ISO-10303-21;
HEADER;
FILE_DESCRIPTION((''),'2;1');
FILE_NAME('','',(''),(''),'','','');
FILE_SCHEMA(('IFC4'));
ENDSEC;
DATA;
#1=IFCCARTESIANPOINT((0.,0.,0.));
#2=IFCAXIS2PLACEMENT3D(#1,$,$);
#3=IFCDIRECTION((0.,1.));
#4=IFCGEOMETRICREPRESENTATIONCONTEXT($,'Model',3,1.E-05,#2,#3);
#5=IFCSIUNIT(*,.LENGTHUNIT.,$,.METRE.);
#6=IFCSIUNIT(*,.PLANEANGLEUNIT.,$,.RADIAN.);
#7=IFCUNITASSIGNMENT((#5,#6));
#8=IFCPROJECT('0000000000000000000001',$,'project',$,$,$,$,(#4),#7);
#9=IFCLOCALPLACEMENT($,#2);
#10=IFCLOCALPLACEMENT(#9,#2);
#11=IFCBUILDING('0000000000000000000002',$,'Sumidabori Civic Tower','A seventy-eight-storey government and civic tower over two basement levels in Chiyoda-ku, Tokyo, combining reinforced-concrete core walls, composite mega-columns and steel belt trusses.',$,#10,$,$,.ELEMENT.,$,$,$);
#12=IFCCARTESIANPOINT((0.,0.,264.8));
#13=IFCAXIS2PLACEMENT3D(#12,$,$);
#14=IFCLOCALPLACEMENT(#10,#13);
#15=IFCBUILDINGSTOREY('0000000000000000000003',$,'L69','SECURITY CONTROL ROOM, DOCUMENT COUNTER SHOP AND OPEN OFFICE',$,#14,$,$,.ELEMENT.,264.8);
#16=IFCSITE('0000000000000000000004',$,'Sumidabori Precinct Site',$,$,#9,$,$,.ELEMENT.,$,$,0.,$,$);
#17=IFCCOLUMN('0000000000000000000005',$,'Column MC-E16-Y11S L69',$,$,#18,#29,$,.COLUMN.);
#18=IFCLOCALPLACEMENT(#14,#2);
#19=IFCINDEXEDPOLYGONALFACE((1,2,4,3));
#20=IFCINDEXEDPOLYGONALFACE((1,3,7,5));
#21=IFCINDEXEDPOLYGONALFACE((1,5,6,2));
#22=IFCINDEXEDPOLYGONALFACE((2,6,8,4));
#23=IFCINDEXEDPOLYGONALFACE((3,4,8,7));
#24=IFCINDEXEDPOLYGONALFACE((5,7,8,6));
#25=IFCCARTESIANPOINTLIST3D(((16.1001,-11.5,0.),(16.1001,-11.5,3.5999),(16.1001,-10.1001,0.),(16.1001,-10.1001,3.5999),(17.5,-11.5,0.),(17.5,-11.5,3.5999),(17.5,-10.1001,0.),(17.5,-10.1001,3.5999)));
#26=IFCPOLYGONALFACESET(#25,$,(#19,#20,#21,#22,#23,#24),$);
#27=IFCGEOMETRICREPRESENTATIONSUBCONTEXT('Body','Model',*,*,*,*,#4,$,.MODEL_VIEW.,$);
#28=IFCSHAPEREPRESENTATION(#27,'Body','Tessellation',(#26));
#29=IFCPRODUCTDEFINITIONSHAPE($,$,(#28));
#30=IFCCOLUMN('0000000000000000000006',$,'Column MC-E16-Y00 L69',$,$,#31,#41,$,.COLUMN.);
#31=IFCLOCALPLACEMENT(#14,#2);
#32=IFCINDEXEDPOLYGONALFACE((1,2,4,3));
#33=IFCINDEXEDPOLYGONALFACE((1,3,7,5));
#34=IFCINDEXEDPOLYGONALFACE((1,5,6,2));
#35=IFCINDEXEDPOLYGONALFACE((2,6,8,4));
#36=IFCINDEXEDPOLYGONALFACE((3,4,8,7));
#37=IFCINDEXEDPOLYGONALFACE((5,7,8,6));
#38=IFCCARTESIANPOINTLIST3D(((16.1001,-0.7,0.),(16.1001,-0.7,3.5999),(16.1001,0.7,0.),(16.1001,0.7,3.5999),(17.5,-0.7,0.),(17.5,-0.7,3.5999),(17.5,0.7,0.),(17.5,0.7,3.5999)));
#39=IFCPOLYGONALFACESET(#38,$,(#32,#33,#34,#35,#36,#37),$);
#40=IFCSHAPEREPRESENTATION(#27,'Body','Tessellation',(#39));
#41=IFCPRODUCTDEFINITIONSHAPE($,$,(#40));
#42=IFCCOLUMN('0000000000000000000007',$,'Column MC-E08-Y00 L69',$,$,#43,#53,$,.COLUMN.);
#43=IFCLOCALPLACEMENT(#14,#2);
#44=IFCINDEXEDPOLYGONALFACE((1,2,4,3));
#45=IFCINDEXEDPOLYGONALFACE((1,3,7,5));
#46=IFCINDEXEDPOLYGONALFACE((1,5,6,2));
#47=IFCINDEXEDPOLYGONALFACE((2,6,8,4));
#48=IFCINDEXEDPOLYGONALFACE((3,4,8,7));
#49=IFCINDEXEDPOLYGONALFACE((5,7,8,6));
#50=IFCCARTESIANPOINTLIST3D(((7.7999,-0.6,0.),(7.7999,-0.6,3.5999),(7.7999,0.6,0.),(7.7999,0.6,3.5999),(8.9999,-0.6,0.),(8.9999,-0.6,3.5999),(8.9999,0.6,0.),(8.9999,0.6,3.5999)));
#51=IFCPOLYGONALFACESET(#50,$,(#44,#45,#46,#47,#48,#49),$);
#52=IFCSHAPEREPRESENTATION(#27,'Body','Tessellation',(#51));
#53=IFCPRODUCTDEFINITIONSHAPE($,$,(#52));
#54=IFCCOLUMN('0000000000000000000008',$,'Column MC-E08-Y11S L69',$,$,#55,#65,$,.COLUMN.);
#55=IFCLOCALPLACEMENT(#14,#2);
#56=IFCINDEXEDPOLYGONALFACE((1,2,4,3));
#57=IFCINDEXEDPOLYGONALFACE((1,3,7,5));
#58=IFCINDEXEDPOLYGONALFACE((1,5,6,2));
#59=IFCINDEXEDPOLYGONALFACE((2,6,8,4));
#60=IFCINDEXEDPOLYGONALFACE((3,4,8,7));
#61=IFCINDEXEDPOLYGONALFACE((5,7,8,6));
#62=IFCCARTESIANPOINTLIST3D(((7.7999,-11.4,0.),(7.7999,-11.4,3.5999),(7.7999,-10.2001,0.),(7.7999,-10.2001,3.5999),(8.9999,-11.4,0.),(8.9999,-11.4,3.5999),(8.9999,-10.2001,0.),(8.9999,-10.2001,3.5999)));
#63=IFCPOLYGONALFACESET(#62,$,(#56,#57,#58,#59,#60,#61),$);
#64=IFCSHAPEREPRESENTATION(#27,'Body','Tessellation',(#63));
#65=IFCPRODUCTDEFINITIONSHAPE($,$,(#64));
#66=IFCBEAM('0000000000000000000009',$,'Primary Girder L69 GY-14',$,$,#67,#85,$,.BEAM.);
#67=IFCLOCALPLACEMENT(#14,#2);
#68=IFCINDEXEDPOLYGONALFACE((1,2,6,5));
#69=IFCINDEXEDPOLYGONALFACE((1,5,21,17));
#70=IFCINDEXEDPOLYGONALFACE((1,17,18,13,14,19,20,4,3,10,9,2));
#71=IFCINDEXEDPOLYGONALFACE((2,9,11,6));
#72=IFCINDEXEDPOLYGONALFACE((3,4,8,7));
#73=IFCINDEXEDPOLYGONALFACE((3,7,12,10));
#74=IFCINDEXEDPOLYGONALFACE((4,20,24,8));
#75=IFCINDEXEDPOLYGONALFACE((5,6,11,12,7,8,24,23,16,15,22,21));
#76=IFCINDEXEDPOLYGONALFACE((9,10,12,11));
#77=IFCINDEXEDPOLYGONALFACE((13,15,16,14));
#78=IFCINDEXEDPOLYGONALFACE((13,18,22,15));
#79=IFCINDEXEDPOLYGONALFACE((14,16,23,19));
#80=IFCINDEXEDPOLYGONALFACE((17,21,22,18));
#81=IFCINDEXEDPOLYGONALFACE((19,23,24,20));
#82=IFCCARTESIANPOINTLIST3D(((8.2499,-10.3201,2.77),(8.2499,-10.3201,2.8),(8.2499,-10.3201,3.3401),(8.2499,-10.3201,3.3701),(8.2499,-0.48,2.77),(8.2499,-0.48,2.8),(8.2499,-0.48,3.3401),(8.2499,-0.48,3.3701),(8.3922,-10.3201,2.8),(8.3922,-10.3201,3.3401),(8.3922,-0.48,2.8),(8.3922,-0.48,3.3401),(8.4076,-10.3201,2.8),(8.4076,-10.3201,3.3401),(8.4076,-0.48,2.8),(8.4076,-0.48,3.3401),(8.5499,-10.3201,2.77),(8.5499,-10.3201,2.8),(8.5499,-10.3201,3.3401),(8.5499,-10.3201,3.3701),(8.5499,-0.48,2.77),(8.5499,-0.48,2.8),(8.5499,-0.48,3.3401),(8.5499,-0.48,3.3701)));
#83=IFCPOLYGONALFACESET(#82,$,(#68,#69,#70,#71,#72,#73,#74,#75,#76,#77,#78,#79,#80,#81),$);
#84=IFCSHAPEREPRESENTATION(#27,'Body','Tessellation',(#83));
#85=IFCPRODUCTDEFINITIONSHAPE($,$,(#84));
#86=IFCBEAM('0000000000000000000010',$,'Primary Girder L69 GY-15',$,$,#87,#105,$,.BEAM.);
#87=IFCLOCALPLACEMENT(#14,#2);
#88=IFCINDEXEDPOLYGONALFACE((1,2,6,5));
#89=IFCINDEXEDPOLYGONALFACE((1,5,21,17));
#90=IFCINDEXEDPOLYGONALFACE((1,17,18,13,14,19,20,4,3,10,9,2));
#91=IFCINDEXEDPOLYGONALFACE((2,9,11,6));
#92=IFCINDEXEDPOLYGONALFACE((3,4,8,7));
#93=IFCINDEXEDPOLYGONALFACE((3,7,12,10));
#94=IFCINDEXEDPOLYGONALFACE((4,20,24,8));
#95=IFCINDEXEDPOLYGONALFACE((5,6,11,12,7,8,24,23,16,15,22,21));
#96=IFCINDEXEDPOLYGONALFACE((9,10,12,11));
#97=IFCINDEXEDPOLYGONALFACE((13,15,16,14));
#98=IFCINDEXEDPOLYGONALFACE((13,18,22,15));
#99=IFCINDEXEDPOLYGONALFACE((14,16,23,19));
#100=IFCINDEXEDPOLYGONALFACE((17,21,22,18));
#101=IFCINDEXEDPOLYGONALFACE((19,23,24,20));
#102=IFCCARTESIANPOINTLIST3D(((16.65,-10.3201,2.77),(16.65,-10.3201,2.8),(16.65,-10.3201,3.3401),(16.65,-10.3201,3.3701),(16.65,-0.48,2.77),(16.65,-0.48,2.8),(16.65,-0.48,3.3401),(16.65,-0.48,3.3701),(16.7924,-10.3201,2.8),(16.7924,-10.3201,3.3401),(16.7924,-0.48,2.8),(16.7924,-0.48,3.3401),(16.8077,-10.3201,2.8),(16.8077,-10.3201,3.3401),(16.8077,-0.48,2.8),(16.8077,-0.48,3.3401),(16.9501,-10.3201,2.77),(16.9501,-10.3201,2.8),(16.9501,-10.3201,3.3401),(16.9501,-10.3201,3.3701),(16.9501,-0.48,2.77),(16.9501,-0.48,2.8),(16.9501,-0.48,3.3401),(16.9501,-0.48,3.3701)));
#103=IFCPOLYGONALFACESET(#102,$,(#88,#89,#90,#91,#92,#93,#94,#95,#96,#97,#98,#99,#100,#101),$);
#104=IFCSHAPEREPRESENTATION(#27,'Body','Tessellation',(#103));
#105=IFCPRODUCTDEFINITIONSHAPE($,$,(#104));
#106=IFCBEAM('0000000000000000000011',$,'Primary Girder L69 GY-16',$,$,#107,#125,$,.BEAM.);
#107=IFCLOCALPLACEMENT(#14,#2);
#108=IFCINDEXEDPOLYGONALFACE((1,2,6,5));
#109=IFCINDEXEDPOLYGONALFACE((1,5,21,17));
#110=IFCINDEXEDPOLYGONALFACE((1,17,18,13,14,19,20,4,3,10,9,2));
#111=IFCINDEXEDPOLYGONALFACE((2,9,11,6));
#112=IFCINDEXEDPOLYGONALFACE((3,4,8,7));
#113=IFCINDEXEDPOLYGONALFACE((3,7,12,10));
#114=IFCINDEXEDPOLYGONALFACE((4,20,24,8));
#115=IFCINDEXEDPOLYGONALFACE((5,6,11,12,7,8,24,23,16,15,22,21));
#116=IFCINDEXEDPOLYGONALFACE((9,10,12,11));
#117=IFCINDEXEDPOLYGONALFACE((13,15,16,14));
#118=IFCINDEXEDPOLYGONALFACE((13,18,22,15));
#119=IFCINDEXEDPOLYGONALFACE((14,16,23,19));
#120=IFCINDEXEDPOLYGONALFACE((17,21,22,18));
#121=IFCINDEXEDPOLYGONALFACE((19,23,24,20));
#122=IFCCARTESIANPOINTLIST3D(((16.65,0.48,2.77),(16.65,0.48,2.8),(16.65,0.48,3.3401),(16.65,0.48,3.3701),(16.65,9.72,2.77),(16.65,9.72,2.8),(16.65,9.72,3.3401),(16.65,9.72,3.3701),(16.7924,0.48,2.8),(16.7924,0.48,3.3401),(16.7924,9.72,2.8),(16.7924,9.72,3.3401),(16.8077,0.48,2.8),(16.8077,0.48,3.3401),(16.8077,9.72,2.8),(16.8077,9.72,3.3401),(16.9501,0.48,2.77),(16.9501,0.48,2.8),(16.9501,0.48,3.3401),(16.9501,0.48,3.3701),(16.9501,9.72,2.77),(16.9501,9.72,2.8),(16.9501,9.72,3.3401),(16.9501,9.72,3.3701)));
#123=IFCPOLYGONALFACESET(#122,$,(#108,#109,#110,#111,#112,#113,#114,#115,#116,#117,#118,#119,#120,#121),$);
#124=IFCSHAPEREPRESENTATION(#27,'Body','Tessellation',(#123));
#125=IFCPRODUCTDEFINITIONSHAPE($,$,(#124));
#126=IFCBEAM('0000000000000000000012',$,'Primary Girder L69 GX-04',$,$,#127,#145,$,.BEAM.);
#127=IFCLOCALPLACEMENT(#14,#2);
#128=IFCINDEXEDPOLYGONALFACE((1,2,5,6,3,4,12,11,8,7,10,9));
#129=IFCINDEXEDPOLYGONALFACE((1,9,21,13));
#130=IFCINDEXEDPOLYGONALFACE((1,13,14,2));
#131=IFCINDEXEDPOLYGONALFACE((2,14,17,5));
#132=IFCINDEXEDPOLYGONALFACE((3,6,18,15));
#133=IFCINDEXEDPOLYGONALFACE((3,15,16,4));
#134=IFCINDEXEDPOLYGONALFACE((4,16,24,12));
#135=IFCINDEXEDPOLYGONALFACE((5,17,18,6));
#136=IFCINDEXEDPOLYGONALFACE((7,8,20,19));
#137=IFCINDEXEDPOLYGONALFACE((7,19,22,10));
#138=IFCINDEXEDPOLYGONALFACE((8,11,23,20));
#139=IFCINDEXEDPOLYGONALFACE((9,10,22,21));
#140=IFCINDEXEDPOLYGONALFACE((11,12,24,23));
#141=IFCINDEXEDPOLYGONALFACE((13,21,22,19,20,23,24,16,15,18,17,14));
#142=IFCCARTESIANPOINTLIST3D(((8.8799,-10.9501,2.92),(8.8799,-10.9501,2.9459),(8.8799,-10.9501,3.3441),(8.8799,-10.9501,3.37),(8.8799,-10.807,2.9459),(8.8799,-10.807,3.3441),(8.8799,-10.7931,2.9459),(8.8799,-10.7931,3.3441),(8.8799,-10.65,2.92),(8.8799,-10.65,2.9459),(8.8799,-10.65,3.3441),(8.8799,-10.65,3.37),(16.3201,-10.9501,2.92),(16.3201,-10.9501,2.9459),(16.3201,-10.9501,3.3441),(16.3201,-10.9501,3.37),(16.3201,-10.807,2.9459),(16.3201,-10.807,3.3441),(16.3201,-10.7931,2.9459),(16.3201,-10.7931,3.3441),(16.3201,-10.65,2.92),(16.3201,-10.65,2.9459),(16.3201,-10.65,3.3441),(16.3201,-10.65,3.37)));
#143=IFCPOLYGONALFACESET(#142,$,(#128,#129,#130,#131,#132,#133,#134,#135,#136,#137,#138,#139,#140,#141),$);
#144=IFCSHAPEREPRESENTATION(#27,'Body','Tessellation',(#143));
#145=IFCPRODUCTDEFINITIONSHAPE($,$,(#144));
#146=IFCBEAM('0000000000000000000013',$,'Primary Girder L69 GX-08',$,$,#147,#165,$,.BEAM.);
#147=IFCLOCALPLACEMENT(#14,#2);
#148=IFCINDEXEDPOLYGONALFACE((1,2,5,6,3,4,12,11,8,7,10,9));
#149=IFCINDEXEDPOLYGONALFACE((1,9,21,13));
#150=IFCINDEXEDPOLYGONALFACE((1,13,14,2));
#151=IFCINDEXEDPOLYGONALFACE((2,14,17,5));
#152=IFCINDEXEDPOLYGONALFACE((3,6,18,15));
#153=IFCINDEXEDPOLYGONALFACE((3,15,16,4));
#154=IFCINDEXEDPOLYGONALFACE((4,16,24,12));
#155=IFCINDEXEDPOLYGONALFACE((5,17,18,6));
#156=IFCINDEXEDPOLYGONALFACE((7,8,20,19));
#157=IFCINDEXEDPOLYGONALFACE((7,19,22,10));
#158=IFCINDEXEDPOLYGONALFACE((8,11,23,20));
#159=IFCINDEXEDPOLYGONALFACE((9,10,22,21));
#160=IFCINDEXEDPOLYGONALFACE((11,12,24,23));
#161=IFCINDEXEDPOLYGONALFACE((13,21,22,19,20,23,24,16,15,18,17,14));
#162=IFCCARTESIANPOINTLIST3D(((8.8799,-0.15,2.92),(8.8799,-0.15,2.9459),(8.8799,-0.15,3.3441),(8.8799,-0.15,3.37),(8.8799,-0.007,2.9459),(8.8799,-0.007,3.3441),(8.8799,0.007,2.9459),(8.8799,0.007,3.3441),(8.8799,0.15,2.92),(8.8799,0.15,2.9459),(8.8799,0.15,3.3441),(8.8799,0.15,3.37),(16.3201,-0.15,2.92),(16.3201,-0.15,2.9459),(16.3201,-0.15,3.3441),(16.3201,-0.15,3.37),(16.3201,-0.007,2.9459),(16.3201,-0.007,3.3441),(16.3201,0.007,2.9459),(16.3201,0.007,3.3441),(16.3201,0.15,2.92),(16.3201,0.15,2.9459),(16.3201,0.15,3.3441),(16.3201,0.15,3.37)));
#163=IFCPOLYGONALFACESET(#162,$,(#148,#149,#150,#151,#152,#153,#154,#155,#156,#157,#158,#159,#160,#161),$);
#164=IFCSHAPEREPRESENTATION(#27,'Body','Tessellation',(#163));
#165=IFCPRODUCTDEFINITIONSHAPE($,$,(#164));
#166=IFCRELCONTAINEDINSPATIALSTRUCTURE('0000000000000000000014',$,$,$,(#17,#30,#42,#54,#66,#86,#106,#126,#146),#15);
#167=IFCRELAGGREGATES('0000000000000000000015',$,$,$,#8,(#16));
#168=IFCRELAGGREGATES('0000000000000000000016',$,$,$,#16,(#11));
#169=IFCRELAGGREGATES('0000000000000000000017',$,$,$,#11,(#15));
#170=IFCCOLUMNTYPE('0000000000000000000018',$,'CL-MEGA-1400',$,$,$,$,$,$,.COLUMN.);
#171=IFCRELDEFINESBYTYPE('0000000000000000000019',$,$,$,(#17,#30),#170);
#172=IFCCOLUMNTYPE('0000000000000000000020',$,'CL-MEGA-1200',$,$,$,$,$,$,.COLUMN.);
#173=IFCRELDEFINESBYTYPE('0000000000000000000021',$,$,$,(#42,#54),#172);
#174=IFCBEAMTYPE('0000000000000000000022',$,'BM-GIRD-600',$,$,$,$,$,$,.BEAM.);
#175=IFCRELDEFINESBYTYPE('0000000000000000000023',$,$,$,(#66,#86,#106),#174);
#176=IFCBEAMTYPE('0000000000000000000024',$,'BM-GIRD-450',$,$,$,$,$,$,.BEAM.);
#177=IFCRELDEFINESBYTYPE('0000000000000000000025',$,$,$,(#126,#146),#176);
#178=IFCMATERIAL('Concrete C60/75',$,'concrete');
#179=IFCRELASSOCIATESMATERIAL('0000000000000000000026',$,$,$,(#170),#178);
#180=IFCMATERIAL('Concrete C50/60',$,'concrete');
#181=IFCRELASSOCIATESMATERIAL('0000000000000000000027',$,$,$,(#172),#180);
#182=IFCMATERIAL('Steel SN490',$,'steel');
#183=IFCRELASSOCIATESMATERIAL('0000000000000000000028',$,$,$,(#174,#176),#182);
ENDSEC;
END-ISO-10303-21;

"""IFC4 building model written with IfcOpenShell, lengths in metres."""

from ifc_helpers import new_model, si_unit, direction, frame, origin, origin_2d, place, context, subcontext, project, spatial, rectangle, i_section, extrude, source, transform, mapped, material, material_profile, profile_set, type_object, element, save


model = new_model("IFC4")

# Units and contexts
model_context = context("Model", 3, precision=1e-05, world=origin(), true_north=direction((0.0, 1.0)))
body_context = subcontext(model_context, "Body", "Model", "MODEL_VIEW")
ifc_project = project(units=[si_unit("LENGTHUNIT", "METRE"), si_unit("PLANEANGLEUNIT", "RADIAN")], contexts=[model_context])

# Site, building, storey
site_placement = place(None, origin())
site = spatial("IfcSite", under=ifc_project, at=site_placement, Name="Sumidabori Precinct Site", CompositionType="ELEMENT", RefElevation=0.0)
building_placement = place(site_placement, origin())
building = spatial("IfcBuilding", under=site, at=building_placement, Name="Sumidabori Civic Tower", Description="A seventy-eight-storey government and civic tower over two basement levels in Chiyoda-ku, Tokyo, combining reinforced-concrete core walls, composite mega-columns and steel belt trusses.", CompositionType="ELEMENT")
storey_placement = place(building_placement, frame((0.0, 0.0, 264.8)))
storey = spatial("IfcBuildingStorey", under=building, at=storey_placement, Name="L69", Description="SECURITY CONTROL ROOM, DOCUMENT COUNTER SHOP AND OPEN OFFICE", CompositionType="ELEMENT", Elevation=264.8)

# Columns
ifc_material_1 = material(Name="Concrete C60/75", Category="concrete")
ifc_material_profile_1 = material_profile(ifc_material_1, rectangle(XDim=1.3999, YDim=1.3999, at=origin_2d()), Name="RC 1400x1400")
ifc_profile_set_1 = profile_set([ifc_material_profile_1], Name="Concrete C60/75")
column_type_1 = type_object("IfcColumnType", Name="CL-MEGA-1400", PredefinedType="COLUMN", material=ifc_profile_set_1)
shared_shape_1 = source(origin(), body_context, "Body", "SweptSolid", [
    extrude(rectangle(XDim=1.3999, YDim=1.3999, at=origin_2d()), origin(), (0.0, 0.0, 1.0), 3.5999),
])
for number, where, z_axis, x_axis, name in (
    (1, (16.8, -10.8, 0.0), (0.0, 0.0, 1.0), (1.0, 0.0, 0.0), "Column MC-E16-Y11S L69"),
    (2, (16.8, 0.0, 0.0), (0.0, 0.0, 1.0), (1.0, 0.0, 0.0), "Column MC-E16-Y00 L69"),
):
    element("IfcColumn", number, at=place(storey_placement, frame(where, z_axis=z_axis, x_axis=x_axis)), inside=storey, type_object=column_type_1, Name=name, PredefinedType="COLUMN", context=body_context, shape_type="MappedRepresentation", body=[
        mapped(shared_shape_1, transform((0.0, 0.0, 0.0), x_axis=(1.0, 0.0, 0.0), y_axis=(0.0, 1.0, 0.0), z_axis=(0.0, 0.0, 1.0), scale=1.0)),
    ])
ifc_material_2 = material(Name="Concrete C50/60", Category="concrete")
ifc_material_profile_2 = material_profile(ifc_material_2, rectangle(XDim=1.2, YDim=1.2, at=origin_2d()), Name="RC 1200x1200")
ifc_profile_set_2 = profile_set([ifc_material_profile_2], Name="Concrete C50/60")
column_type_2 = type_object("IfcColumnType", Name="CL-MEGA-1200", PredefinedType="COLUMN", material=ifc_profile_set_2)
shared_shape_2 = source(origin(), body_context, "Body", "SweptSolid", [
    extrude(rectangle(XDim=1.2, YDim=1.2, at=origin_2d()), origin(), (0.0, 0.0, 1.0), 3.5999),
])
for number, where, z_axis, x_axis, name in (
    (3, (8.3999, 0.0, 0.0), (0.0, 0.0, 1.0), (1.0, 0.0, 0.0), "Column MC-E08-Y00 L69"),
    (4, (8.3999, -10.8, 0.0), (0.0, 0.0, 1.0), (1.0, 0.0, 0.0), "Column MC-E08-Y11S L69"),
):
    element("IfcColumn", number, at=place(storey_placement, frame(where, z_axis=z_axis, x_axis=x_axis)), inside=storey, type_object=column_type_2, Name=name, PredefinedType="COLUMN", context=body_context, shape_type="MappedRepresentation", body=[
        mapped(shared_shape_2, transform((0.0, 0.0, 0.0), x_axis=(1.0, 0.0, 0.0), y_axis=(0.0, 1.0, 0.0), z_axis=(0.0, 0.0, 1.0), scale=1.0)),
    ])

# Beams
ifc_material_3 = material(Name="Steel SN490", Category="steel")
ifc_material_profile_3 = material_profile(ifc_material_3, i_section(OverallWidth=0.3, OverallDepth=0.6001, WebThickness=0.0154, FlangeThickness=0.03, at=origin_2d()), Name="HE 600 B")
ifc_profile_set_3 = profile_set([ifc_material_profile_3], Name="Steel SN490")
beam_type_1 = type_object("IfcBeamType", Name="BM-GIRD-600", PredefinedType="BEAM", material=ifc_profile_set_3)
shared_shape_3 = source(origin(), body_context, "Body", "SweptSolid", [
    extrude(i_section(OverallWidth=0.3, OverallDepth=0.6001, WebThickness=0.0154, FlangeThickness=0.03, at=origin_2d()), origin(), (0.0, 0.0, 1.0), 9.8401),
])
for number, where, z_axis, x_axis, name in (
    (5, (8.3999, -10.3201, 3.0701), (0.0, 1.0, 0.0), (-1.0, 0.0, 0.0), "Primary Girder L69 GY-14"),
    (6, (16.8, -10.3201, 3.0701), (0.0, 1.0, 0.0), (-1.0, 0.0, 0.0), "Primary Girder L69 GY-15"),
):
    element("IfcBeam", number, at=place(storey_placement, frame(where, z_axis=z_axis, x_axis=x_axis)), inside=storey, type_object=beam_type_1, Name=name, PredefinedType="BEAM", context=body_context, shape_type="MappedRepresentation", body=[
        mapped(shared_shape_3, transform((0.0, 0.0, 0.0), x_axis=(1.0, 0.0, 0.0), y_axis=(0.0, 1.0, 0.0), z_axis=(0.0, 0.0, 1.0), scale=1.0)),
    ])
shared_shape_4 = source(origin(), body_context, "Body", "SweptSolid", [
    extrude(i_section(OverallWidth=0.3, OverallDepth=0.6001, WebThickness=0.0154, FlangeThickness=0.03, at=origin_2d()), origin(), (0.0, 0.0, 1.0), 9.24),
])
beam_1_placement = place(storey_placement, frame((16.8, 0.48, 3.0701), z_axis=(0.0, 1.0, 0.0), x_axis=(-1.0, 0.0, 0.0)))
element("IfcBeam", 7, at=beam_1_placement, inside=storey, type_object=beam_type_1, Name="Primary Girder L69 GY-16", PredefinedType="BEAM", context=body_context, shape_type="MappedRepresentation", body=[
    mapped(shared_shape_4, transform((0.0, 0.0, 0.0), x_axis=(1.0, 0.0, 0.0), y_axis=(0.0, 1.0, 0.0), z_axis=(0.0, 0.0, 1.0), scale=1.0)),
])
ifc_material_profile_4 = material_profile(ifc_material_3, i_section(OverallWidth=0.3, OverallDepth=0.45, WebThickness=0.0139, FlangeThickness=0.0259, at=origin_2d()), Name="HE 450 B")
ifc_profile_set_4 = profile_set([ifc_material_profile_4], Name="Steel SN490")
beam_type_2 = type_object("IfcBeamType", Name="BM-GIRD-450", PredefinedType="BEAM", material=ifc_profile_set_4)
shared_shape_5 = source(origin(), body_context, "Body", "SweptSolid", [
    extrude(i_section(OverallWidth=0.3, OverallDepth=0.45, WebThickness=0.0139, FlangeThickness=0.0259, at=origin_2d()), origin(), (0.0, 0.0, 1.0), 7.4402),
])
for number, where, z_axis, x_axis, name in (
    (8, (8.8799, -10.8, 3.145), (1.0, 0.0, 0.0), (0.0, 1.0, 0.0), "Primary Girder L69 GX-04"),
    (9, (8.8799, 0.0, 3.145), (1.0, 0.0, 0.0), (0.0, 1.0, 0.0), "Primary Girder L69 GX-08"),
):
    element("IfcBeam", number, at=place(storey_placement, frame(where, z_axis=z_axis, x_axis=x_axis)), inside=storey, type_object=beam_type_2, Name=name, PredefinedType="BEAM", context=body_context, shape_type="MappedRepresentation", body=[
        mapped(shared_shape_5, transform((0.0, 0.0, 0.0), x_axis=(1.0, 0.0, 0.0), y_axis=(0.0, 1.0, 0.0), z_axis=(0.0, 0.0, 1.0), scale=1.0)),
    ])

save(model, "model.ifc")
